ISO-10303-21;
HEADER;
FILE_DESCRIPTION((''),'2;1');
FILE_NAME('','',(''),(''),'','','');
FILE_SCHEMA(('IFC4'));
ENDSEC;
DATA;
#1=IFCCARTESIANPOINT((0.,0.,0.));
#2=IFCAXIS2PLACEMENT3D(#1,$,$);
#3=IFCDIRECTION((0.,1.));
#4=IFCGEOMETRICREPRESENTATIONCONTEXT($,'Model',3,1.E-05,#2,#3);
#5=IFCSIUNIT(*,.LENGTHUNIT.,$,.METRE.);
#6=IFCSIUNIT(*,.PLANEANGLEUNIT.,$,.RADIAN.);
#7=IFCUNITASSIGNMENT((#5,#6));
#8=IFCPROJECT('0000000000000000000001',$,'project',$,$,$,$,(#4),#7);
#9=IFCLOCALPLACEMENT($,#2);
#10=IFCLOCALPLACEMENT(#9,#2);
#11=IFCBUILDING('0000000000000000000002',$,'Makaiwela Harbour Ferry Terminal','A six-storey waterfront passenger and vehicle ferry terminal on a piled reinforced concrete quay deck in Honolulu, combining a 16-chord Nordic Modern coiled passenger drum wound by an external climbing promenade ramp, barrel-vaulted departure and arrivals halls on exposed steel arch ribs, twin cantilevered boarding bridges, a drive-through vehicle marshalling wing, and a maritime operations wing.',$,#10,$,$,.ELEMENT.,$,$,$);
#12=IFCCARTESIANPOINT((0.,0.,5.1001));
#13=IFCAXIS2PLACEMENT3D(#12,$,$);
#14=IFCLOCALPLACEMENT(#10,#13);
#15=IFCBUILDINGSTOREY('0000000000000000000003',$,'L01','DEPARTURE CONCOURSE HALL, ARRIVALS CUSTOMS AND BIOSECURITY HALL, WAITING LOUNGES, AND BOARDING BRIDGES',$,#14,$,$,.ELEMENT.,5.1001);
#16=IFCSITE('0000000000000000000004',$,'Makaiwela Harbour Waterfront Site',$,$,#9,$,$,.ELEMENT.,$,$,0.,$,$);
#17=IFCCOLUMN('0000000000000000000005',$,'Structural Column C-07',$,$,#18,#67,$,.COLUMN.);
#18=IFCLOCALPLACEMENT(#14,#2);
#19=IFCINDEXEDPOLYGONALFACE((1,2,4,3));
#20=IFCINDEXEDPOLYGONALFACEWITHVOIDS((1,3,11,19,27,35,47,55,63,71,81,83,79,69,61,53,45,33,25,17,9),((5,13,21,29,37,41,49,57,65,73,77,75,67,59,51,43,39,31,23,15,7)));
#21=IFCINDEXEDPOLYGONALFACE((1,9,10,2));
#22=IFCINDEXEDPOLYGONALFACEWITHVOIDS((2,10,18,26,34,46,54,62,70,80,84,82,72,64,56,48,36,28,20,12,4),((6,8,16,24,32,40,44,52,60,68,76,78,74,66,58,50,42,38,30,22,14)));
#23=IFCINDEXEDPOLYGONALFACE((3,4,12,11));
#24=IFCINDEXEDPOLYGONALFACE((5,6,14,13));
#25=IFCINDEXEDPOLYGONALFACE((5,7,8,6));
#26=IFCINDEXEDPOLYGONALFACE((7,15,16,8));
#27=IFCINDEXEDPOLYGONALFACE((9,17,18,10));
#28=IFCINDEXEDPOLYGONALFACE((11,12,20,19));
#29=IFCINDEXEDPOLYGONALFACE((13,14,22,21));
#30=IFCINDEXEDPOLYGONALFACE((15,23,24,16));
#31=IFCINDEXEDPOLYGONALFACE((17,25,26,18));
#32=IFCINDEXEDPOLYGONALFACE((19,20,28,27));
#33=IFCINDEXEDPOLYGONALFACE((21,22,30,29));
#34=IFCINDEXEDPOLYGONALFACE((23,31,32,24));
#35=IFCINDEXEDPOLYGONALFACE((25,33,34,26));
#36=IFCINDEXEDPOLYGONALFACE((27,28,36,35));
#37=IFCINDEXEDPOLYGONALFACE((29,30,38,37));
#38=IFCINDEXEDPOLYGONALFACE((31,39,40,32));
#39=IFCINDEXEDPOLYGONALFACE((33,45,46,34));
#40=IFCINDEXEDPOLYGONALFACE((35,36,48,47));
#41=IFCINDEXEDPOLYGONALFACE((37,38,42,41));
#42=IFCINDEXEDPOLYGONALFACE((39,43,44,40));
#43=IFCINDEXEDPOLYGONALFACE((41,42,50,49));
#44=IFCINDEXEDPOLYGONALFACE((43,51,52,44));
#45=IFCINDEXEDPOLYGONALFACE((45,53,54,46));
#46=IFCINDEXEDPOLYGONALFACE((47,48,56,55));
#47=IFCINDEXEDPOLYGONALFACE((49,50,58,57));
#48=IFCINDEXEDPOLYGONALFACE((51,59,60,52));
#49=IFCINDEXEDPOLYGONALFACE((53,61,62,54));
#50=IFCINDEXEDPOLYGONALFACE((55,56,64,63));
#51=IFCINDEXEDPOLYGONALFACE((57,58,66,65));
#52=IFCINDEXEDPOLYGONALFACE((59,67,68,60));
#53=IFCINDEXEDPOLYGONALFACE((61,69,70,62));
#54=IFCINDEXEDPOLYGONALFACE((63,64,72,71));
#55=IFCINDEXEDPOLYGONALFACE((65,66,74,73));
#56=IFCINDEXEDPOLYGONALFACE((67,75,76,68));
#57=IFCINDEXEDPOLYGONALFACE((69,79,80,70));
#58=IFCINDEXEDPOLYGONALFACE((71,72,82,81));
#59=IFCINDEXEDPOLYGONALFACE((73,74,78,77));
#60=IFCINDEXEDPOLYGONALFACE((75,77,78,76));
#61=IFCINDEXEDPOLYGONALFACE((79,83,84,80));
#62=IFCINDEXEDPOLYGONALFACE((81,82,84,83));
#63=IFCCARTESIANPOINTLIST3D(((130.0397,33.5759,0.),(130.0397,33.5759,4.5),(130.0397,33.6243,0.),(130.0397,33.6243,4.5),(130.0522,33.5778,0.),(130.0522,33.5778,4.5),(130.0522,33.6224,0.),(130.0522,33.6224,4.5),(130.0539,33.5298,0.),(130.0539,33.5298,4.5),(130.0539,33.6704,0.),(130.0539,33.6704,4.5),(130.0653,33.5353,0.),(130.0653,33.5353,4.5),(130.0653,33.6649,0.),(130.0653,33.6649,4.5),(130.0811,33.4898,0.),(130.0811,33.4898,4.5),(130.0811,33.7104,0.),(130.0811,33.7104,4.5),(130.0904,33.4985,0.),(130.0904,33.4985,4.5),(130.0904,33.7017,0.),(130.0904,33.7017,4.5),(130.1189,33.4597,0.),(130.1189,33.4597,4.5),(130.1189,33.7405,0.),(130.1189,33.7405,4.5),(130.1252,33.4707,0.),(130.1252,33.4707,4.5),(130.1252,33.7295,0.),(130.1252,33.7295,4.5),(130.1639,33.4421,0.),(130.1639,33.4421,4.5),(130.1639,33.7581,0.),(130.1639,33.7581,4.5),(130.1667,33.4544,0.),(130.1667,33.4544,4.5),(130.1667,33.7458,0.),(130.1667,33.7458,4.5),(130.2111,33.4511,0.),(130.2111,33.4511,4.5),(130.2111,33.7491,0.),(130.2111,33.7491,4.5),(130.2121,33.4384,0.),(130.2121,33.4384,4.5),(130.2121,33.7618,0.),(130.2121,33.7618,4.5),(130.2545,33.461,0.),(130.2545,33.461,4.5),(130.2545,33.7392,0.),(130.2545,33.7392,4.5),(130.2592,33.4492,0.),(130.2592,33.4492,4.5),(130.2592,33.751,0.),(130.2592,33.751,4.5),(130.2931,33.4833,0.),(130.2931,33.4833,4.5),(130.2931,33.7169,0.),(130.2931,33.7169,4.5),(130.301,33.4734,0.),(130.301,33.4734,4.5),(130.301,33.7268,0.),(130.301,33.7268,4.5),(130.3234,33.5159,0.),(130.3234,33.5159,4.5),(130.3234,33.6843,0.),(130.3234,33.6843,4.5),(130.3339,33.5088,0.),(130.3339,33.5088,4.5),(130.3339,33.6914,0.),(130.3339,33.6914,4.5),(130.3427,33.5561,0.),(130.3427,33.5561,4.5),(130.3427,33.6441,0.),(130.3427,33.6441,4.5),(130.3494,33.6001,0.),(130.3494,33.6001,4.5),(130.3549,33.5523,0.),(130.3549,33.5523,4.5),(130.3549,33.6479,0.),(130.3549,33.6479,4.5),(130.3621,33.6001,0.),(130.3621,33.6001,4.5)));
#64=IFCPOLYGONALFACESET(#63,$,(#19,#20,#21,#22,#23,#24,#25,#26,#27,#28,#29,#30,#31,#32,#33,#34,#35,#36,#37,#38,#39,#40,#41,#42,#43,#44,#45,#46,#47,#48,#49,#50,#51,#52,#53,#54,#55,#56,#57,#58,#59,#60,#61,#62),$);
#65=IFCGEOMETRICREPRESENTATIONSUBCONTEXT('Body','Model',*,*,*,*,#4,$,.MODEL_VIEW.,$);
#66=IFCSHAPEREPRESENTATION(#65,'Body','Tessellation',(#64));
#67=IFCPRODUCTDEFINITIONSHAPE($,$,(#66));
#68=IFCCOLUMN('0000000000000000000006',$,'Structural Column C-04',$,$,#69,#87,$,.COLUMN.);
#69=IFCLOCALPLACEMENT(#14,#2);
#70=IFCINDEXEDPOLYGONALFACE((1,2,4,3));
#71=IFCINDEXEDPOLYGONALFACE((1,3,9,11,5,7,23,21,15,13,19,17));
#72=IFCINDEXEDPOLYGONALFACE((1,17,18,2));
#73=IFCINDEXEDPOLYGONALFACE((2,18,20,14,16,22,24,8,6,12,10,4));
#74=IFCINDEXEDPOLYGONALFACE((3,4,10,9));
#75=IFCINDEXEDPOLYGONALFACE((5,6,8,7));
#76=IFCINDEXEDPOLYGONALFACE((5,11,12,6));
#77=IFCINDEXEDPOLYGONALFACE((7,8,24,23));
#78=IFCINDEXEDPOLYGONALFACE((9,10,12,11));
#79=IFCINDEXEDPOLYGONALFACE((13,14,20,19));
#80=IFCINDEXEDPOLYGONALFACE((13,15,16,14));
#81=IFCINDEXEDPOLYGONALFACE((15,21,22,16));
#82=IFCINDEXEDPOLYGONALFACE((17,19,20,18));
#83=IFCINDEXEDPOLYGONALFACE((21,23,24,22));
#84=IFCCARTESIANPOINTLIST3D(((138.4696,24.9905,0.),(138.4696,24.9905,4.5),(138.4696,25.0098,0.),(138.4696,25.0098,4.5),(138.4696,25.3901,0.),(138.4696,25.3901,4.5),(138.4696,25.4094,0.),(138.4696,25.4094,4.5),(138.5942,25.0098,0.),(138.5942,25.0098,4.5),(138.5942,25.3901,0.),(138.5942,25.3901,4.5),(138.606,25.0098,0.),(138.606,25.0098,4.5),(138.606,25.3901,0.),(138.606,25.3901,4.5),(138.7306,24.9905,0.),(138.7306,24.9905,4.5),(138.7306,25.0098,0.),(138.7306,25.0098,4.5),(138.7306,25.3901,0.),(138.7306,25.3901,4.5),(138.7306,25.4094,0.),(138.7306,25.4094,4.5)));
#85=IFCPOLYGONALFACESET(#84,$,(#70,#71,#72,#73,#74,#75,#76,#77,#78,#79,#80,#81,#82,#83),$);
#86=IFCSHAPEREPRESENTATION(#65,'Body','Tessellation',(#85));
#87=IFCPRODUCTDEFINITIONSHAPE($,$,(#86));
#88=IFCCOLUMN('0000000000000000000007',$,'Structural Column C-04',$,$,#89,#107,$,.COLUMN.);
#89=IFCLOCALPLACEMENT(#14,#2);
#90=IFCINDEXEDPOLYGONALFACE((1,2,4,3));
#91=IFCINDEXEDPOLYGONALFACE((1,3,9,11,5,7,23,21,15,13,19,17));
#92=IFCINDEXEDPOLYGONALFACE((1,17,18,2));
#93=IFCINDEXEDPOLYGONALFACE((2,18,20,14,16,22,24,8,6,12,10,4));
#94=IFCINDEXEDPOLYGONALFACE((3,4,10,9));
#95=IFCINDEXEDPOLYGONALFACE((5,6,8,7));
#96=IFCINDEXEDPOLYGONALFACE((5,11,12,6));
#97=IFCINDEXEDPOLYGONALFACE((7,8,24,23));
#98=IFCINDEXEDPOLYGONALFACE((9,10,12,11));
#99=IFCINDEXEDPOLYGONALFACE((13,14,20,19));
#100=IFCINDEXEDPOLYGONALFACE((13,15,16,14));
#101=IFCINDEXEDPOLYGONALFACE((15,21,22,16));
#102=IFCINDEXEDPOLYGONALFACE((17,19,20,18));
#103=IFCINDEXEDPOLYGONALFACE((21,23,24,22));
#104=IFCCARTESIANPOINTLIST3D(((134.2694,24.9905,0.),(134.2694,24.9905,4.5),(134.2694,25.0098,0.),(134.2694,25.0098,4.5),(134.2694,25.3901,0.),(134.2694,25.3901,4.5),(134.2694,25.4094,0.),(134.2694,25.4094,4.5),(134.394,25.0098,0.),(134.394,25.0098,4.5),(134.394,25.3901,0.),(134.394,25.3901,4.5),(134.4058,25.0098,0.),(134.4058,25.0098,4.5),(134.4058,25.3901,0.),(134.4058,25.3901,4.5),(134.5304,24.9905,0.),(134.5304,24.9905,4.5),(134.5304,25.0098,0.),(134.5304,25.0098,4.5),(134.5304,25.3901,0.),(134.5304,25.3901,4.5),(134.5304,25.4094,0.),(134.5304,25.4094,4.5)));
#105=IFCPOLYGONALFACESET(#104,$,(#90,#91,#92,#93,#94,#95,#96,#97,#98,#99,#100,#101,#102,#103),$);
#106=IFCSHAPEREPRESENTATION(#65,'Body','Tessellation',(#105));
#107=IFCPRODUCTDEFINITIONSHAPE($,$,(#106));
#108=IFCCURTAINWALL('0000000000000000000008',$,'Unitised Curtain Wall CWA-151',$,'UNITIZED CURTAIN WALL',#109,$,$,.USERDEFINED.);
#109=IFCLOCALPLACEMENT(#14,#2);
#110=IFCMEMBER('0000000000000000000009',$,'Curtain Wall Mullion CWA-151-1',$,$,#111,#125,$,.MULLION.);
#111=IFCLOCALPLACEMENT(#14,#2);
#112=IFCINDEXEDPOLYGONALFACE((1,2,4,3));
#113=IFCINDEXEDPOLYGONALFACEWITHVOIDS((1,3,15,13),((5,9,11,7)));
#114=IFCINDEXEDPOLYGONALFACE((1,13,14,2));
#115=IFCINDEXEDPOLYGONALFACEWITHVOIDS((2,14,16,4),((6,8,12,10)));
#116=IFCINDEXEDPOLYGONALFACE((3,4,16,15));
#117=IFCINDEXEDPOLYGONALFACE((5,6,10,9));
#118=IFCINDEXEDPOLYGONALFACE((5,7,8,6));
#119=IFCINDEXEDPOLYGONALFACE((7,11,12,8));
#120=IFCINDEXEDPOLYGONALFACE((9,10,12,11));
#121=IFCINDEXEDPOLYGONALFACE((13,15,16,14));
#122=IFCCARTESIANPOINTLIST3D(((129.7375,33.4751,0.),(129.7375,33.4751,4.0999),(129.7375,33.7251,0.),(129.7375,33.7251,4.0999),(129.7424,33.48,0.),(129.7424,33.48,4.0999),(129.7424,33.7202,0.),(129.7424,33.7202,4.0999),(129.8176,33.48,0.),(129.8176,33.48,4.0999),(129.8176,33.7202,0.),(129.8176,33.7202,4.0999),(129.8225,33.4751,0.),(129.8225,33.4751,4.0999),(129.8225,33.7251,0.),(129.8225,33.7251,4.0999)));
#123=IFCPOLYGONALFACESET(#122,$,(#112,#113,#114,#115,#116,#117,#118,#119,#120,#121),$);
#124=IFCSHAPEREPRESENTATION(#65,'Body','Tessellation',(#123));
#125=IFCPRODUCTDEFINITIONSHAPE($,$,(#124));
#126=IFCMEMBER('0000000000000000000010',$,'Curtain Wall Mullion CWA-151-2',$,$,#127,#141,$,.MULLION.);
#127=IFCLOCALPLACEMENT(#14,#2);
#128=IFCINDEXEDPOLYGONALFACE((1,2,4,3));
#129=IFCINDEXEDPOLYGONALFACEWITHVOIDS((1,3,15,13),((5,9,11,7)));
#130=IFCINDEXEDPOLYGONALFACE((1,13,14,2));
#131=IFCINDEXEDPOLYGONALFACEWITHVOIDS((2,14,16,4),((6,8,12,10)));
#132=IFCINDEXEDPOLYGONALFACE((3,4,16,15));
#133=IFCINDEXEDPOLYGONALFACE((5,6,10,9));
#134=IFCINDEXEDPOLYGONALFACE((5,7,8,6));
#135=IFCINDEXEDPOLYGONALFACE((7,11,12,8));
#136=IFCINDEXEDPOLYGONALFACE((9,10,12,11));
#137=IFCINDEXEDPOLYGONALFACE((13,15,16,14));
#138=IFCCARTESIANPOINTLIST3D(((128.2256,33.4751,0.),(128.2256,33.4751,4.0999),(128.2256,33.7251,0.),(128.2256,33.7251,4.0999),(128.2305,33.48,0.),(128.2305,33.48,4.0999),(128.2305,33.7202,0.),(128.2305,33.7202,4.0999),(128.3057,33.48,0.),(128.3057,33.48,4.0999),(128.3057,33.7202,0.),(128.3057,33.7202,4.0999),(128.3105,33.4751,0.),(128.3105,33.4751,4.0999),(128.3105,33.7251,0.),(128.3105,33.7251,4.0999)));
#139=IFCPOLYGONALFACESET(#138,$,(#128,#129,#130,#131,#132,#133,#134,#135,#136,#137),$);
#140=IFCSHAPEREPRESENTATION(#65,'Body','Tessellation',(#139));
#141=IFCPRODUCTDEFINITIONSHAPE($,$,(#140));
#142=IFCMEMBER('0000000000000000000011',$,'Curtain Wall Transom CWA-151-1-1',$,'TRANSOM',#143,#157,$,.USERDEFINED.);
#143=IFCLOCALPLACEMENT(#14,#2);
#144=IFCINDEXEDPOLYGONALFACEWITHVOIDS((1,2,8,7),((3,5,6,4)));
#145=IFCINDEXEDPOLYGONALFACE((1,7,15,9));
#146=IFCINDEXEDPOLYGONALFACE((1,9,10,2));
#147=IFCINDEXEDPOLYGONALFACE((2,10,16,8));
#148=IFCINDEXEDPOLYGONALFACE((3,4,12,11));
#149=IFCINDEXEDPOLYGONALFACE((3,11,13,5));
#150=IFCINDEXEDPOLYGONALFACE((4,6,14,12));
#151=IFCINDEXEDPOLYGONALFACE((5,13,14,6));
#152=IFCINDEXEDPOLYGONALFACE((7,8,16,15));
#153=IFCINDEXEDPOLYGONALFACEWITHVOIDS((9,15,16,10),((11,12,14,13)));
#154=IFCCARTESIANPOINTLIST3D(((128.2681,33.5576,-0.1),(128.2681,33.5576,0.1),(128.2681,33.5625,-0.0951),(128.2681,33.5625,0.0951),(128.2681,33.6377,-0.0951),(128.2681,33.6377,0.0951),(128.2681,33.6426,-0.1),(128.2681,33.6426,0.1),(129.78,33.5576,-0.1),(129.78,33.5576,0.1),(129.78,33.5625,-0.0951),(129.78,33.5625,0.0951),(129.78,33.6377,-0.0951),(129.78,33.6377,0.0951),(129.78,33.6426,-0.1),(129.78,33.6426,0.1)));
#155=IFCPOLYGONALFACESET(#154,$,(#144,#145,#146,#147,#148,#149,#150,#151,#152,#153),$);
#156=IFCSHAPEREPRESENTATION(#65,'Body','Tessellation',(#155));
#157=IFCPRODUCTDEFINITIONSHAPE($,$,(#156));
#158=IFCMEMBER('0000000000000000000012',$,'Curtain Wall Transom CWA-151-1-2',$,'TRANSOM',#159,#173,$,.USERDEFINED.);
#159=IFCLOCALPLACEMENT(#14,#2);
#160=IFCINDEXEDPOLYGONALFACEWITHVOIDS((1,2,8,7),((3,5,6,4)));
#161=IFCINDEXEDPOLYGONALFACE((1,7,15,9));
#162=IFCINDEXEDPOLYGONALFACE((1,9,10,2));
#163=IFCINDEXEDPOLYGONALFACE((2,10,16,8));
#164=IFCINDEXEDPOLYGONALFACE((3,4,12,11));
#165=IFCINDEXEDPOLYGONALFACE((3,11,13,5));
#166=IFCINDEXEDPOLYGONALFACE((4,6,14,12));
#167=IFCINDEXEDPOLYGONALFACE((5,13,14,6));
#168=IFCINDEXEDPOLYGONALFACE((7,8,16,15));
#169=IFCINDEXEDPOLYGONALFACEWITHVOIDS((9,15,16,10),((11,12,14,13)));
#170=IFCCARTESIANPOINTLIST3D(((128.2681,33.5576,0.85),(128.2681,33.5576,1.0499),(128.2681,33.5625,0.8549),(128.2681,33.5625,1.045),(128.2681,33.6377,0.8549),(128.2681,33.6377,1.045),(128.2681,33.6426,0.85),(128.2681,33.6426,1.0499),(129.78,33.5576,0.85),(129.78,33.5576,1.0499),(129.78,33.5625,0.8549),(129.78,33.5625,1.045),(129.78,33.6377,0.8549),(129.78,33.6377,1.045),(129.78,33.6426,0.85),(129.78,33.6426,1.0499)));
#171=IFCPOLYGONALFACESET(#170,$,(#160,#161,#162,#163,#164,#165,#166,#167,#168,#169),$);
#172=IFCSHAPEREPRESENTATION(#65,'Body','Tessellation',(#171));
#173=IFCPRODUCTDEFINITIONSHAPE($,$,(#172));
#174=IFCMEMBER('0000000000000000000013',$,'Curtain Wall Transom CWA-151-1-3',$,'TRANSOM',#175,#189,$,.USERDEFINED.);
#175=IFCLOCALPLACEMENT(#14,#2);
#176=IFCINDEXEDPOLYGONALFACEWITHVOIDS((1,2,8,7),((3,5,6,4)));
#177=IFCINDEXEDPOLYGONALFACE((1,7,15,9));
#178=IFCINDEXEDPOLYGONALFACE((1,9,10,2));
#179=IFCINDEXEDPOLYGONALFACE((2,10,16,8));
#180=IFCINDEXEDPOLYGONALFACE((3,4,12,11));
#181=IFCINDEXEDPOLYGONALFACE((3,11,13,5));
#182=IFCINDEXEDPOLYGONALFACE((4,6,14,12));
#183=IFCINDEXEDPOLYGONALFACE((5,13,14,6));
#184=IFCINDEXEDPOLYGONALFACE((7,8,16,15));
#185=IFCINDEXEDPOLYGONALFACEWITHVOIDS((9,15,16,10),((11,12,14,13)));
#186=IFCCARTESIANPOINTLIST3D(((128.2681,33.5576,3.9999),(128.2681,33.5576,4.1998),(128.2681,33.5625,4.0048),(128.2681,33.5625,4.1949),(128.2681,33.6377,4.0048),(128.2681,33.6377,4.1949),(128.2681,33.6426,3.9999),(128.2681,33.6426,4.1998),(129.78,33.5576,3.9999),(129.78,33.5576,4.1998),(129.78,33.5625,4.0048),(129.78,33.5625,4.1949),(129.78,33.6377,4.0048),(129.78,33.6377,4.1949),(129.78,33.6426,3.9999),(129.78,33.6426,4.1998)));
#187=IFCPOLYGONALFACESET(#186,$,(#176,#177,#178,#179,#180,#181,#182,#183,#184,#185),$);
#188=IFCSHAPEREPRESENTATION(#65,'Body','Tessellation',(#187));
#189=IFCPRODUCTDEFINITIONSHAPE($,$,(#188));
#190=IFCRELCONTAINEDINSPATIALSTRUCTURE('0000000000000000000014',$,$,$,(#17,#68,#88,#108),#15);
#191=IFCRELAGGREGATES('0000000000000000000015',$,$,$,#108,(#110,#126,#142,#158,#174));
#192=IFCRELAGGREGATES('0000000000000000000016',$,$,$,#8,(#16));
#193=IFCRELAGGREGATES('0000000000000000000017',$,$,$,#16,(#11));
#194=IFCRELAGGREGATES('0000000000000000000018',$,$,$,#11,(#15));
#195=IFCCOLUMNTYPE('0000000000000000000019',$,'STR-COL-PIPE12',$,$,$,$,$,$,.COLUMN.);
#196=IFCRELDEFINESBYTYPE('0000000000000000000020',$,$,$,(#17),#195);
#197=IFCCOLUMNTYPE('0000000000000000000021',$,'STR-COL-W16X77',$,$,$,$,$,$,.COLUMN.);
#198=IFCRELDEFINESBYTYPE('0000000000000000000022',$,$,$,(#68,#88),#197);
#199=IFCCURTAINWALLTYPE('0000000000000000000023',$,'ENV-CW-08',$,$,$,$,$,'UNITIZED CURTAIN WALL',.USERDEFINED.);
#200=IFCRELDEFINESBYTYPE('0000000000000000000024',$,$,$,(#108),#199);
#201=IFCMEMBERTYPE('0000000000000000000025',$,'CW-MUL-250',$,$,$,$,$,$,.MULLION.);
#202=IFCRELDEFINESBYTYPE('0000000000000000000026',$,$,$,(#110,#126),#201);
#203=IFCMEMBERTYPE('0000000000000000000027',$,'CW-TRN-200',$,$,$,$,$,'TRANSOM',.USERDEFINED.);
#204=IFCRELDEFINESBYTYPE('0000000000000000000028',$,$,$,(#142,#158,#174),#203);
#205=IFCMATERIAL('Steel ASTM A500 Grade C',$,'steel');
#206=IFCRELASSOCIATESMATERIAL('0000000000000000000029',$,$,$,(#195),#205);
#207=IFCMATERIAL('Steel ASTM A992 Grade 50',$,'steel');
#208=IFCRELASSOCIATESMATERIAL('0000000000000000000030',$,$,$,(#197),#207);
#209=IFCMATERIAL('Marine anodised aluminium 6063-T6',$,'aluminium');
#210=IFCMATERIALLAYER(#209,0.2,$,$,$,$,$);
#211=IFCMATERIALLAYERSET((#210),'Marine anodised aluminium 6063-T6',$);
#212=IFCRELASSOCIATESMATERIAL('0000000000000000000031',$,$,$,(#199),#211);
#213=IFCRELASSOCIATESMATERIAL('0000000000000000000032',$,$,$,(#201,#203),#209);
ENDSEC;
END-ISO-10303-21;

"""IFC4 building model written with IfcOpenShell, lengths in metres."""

from ifc_helpers import new_model, si_unit, direction, frame, origin, origin_2d, place, context, subcontext, project, spatial, hollow_rectangle, hollow_circle, i_section, extrude, material, layer, layer_set, material_profile, profile_set, type_object, element, aggregate, save


model = new_model("IFC4")

# Units and contexts
model_context = context("Model", 3, precision=1e-05, world=origin(), true_north=direction((0.0, 1.0)))
body_context = subcontext(model_context, "Body", "Model", "MODEL_VIEW")
ifc_project = project(units=[si_unit("LENGTHUNIT", "METRE"), si_unit("PLANEANGLEUNIT", "RADIAN")], contexts=[model_context])

# Site, building, storey
site_placement = place(None, origin())
site = spatial("IfcSite", under=ifc_project, at=site_placement, Name="Makaiwela Harbour Waterfront Site", CompositionType="ELEMENT", RefElevation=0.0)
building_placement = place(site_placement, origin())
building = spatial("IfcBuilding", under=site, at=building_placement, Name="Makaiwela Harbour Ferry Terminal", Description="A six-storey waterfront passenger and vehicle ferry terminal on a piled reinforced concrete quay deck in Honolulu, combining a 16-chord Nordic Modern coiled passenger drum wound by an external climbing promenade ramp, barrel-vaulted departure and arrivals halls on exposed steel arch ribs, twin cantilevered boarding bridges, a drive-through vehicle marshalling wing, and a maritime operations wing.", CompositionType="ELEMENT")
storey_placement = place(building_placement, frame((0.0, 0.0, 5.1001)))
storey = spatial("IfcBuildingStorey", under=building, at=storey_placement, Name="L01", Description="DEPARTURE CONCOURSE HALL, ARRIVALS CUSTOMS AND BIOSECURITY HALL, WAITING LOUNGES, AND BOARDING BRIDGES", CompositionType="ELEMENT", Elevation=5.1001)

# Columns
ifc_material_1 = material(Name="Steel ASTM A500 Grade C", Category="steel")
ifc_material_profile_1 = material_profile(ifc_material_1, hollow_circle(Radius=0.1621, WallThickness=0.0127, at=origin_2d()), Name="PIPE12XS")
ifc_profile_set_1 = profile_set([ifc_material_profile_1], Name="Steel ASTM A500 Grade C")
column_type_1 = type_object("IfcColumnType", Name="STR-COL-PIPE12", PredefinedType="COLUMN", material=ifc_profile_set_1)
column_placement = place(storey_placement, frame((130.2, 33.6001, 0.0), z_axis=(0.0, 0.0, 1.0), x_axis=(1.0, 0.0, 0.0)))
element("IfcColumn", 1, at=column_placement, inside=storey, type_object=column_type_1, Name="Structural Column C-07", PredefinedType="COLUMN", context=body_context, shape_type="SweptSolid", body=[
    extrude(hollow_circle(Radius=0.1621, WallThickness=0.0127, at=origin_2d()), origin(), (0.0, 0.0, 1.0), 4.5),
])
ifc_material_2 = material(Name="Steel ASTM A992 Grade 50", Category="steel")
ifc_material_profile_2 = material_profile(ifc_material_2, i_section(OverallWidth=0.261, OverallDepth=0.4189, WebThickness=0.0117, FlangeThickness=0.0193, at=origin_2d()), Name="W16X77")
ifc_profile_set_2 = profile_set([ifc_material_profile_2], Name="Steel ASTM A992 Grade 50")
column_type_2 = type_object("IfcColumnType", Name="STR-COL-W16X77", PredefinedType="COLUMN", material=ifc_profile_set_2)
for number, where, z_axis, x_axis, name in (
    (2, (138.6001, 25.2, 0.0), (0.0, 0.0, 1.0), (1.0, 0.0, 0.0), "Structural Column C-04"),
    (3, (134.3999, 25.2, 0.0), (0.0, 0.0, 1.0), (1.0, 0.0, 0.0), "Structural Column C-04"),
):
    element("IfcColumn", number, at=place(storey_placement, frame(where, z_axis=z_axis, x_axis=x_axis)), inside=storey, type_object=column_type_2, Name=name, PredefinedType="COLUMN", context=body_context, shape_type="SweptSolid", body=[
        extrude(i_section(OverallWidth=0.261, OverallDepth=0.4189, WebThickness=0.0117, FlangeThickness=0.0193, at=origin_2d()), origin(), (0.0, 0.0, 1.0), 4.5),
    ])

# Curtain wall, members
ifc_material_3 = material(Name="Marine anodised aluminium 6063-T6", Category="aluminium")
ifc_layer_1 = layer(ifc_material_3, 0.2)
ifc_layer_set_1 = layer_set([ifc_layer_1], Name="Marine anodised aluminium 6063-T6")
curtain_wall_type = type_object("IfcCurtainWallType", Name="ENV-CW-08", ElementType="UNITIZED CURTAIN WALL", PredefinedType="USERDEFINED", material=ifc_layer_set_1)
curtain_wall_placement = place(storey_placement, origin())
curtain_wall = element("IfcCurtainWall", 4, at=curtain_wall_placement, inside=storey, type_object=curtain_wall_type, Name="Unitised Curtain Wall CWA-151", ObjectType="UNITIZED CURTAIN WALL", PredefinedType="USERDEFINED")
ifc_material_profile_3 = material_profile(ifc_material_3, hollow_rectangle(XDim=0.085, YDim=0.25, WallThickness=0.0049, at=origin_2d()), Name="CWM-250X85")
ifc_profile_set_3 = profile_set([ifc_material_profile_3], Name="Marine anodised aluminium 6063-T6")
member_type_1 = type_object("IfcMemberType", Name="CW-MUL-250", PredefinedType="MULLION", material=ifc_profile_set_3)
member_1_placement = place(storey_placement, frame((129.78, 33.6001, 0.0), z_axis=(0.0, 0.0, 1.0), x_axis=(1.0, 0.0, 0.0)))
member_1 = element("IfcMember", 5, at=member_1_placement, type_object=member_type_1, Name="Curtain Wall Mullion CWA-151-1", PredefinedType="MULLION", context=body_context, shape_type="SweptSolid", body=[
    extrude(hollow_rectangle(XDim=0.085, YDim=0.25, WallThickness=0.0049, at=origin_2d()), origin(), (0.0, 0.0, 1.0), 4.0999),
])
member_2_placement = place(storey_placement, frame((128.2681, 33.6001, 0.0), z_axis=(0.0, 0.0, 1.0), x_axis=(1.0, 0.0, 0.0)))
member_2 = element("IfcMember", 6, at=member_2_placement, type_object=member_type_1, Name="Curtain Wall Mullion CWA-151-2", PredefinedType="MULLION", context=body_context, shape_type="SweptSolid", body=[
    extrude(hollow_rectangle(XDim=0.085, YDim=0.25, WallThickness=0.0049, at=origin_2d()), origin(), (0.0, 0.0, 1.0), 4.0999),
])
ifc_material_profile_4 = material_profile(ifc_material_3, hollow_rectangle(XDim=0.085, YDim=0.2, WallThickness=0.0049, at=origin_2d()), Name="CWT-200X85")
ifc_profile_set_4 = profile_set([ifc_material_profile_4], Name="Marine anodised aluminium 6063-T6")
member_type_2 = type_object("IfcMemberType", Name="CW-TRN-200", ElementType="TRANSOM", PredefinedType="USERDEFINED", material=ifc_profile_set_4)
member_3_placement = place(storey_placement, frame((129.78, 33.6001, 0.0), z_axis=(-1.0, 0.0, 0.0), x_axis=(0.0, -1.0, 0.0)))
member_3 = element("IfcMember", 7, at=member_3_placement, type_object=member_type_2, Name="Curtain Wall Transom CWA-151-1-1", ObjectType="TRANSOM", PredefinedType="USERDEFINED", context=body_context, shape_type="SweptSolid", body=[
    extrude(hollow_rectangle(XDim=0.085, YDim=0.2, WallThickness=0.0049, at=origin_2d()), origin(), (0.0, 0.0, 1.0), 1.512),
])
member_4_placement = place(storey_placement, frame((129.78, 33.6001, 0.95), z_axis=(-1.0, 0.0, 0.0), x_axis=(0.0, -1.0, 0.0)))
member_4 = element("IfcMember", 8, at=member_4_placement, type_object=member_type_2, Name="Curtain Wall Transom CWA-151-1-2", ObjectType="TRANSOM", PredefinedType="USERDEFINED", context=body_context, shape_type="SweptSolid", body=[
    extrude(hollow_rectangle(XDim=0.085, YDim=0.2, WallThickness=0.0049, at=origin_2d()), origin(), (0.0, 0.0, 1.0), 1.512),
])
member_5_placement = place(storey_placement, frame((129.78, 33.6001, 4.0999), z_axis=(-1.0, 0.0, 0.0), x_axis=(0.0, -1.0, 0.0)))
member_5 = element("IfcMember", 9, at=member_5_placement, type_object=member_type_2, Name="Curtain Wall Transom CWA-151-1-3", ObjectType="TRANSOM", PredefinedType="USERDEFINED", context=body_context, shape_type="SweptSolid", body=[
    extrude(hollow_rectangle(XDim=0.085, YDim=0.2, WallThickness=0.0049, at=origin_2d()), origin(), (0.0, 0.0, 1.0), 1.512),
])

aggregate(curtain_wall, [member_1, member_2, member_3, member_4, member_5])

save(model, "model.ifc")
